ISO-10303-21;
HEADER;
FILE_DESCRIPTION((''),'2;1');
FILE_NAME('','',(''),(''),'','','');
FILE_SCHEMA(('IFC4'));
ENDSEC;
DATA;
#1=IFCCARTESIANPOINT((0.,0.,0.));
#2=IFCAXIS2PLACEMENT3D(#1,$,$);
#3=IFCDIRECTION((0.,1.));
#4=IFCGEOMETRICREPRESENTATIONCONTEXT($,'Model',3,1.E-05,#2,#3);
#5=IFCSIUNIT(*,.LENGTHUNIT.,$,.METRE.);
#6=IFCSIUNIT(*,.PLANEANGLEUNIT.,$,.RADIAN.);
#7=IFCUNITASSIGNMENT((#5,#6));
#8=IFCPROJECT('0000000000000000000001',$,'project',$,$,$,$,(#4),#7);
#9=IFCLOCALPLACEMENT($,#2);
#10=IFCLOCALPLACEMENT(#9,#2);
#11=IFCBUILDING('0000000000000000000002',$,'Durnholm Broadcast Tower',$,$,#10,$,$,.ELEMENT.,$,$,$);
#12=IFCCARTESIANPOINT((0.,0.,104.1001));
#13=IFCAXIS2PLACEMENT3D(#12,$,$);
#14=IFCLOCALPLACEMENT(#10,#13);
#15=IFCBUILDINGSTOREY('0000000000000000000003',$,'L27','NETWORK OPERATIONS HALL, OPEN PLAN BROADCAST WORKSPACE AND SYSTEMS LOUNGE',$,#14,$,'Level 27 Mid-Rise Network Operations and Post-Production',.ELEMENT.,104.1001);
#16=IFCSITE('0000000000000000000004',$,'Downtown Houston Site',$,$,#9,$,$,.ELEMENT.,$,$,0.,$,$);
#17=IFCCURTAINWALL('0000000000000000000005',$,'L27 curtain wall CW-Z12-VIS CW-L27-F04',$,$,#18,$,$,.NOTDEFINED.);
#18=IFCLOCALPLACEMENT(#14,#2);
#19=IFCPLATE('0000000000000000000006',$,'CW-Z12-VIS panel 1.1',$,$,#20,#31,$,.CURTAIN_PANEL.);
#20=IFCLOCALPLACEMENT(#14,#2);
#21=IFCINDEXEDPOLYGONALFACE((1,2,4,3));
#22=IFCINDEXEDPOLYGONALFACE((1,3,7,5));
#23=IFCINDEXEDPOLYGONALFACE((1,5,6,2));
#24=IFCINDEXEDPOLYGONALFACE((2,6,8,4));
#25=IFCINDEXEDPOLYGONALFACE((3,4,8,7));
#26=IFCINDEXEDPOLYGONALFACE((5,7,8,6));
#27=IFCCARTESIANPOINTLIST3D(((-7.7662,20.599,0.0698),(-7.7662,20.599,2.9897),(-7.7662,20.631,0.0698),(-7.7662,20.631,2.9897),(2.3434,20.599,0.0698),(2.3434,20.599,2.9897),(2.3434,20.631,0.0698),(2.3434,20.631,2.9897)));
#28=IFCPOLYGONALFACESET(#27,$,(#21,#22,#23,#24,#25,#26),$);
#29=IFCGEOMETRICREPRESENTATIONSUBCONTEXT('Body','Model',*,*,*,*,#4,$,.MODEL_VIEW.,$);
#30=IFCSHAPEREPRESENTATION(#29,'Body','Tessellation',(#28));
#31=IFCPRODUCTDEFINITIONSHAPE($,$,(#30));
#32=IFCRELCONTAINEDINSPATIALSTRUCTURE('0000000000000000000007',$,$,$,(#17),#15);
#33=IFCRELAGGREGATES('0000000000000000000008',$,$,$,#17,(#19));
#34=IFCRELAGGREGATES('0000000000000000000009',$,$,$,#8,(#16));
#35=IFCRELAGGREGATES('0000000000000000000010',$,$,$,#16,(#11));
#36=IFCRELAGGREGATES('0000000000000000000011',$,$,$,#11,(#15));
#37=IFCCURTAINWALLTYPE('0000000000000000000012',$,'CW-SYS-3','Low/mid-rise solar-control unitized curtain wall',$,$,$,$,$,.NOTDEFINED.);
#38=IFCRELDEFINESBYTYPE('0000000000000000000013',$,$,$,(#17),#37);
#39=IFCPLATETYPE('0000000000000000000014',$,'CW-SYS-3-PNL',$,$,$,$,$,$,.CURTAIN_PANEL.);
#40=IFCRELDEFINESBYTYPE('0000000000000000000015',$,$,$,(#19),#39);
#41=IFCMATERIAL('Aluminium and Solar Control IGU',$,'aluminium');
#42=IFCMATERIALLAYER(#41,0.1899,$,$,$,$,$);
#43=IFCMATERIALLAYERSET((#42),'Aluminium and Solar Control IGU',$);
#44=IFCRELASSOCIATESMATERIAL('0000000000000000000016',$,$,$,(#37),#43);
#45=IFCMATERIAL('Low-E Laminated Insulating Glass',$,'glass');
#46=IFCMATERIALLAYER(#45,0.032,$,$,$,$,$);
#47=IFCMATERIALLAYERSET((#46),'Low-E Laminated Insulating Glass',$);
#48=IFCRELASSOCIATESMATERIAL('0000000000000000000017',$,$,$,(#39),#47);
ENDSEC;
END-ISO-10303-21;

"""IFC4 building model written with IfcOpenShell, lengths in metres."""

from ifc_helpers import new_model, si_unit, direction, frame, origin, origin_2d, place, context, subcontext, project, spatial, rectangle, extrude, source, transform, mapped, material, layer, layer_set, type_object, type_shapes, element, aggregate, save


model = new_model("IFC4")

# Units and contexts
model_context = context("Model", 3, precision=1e-05, world=origin(), true_north=direction((0.0, 1.0)))
body_context = subcontext(model_context, "Body", "Model", "MODEL_VIEW")
ifc_project = project(units=[si_unit("LENGTHUNIT", "METRE"), si_unit("PLANEANGLEUNIT", "RADIAN")], contexts=[model_context])

# Site, building, storey
site_placement = place(None, origin())
site = spatial("IfcSite", under=ifc_project, at=site_placement, Name="Downtown Houston Site", CompositionType="ELEMENT", RefElevation=0.0)
building_placement = place(site_placement, origin())
building = spatial("IfcBuilding", under=site, at=building_placement, Name="Durnholm Broadcast Tower", CompositionType="ELEMENT")
storey_placement = place(building_placement, frame((0.0, 0.0, 104.1001)))
storey = spatial("IfcBuildingStorey", under=building, at=storey_placement, Name="L27", Description="NETWORK OPERATIONS HALL, OPEN PLAN BROADCAST WORKSPACE AND SYSTEMS LOUNGE", LongName="Level 27 Mid-Rise Network Operations and Post-Production", CompositionType="ELEMENT", Elevation=104.1001)

# Curtain wall
ifc_material_1 = material(Name="Aluminium and Solar Control IGU", Category="aluminium")
ifc_layer_1 = layer(ifc_material_1, 0.1899)
ifc_layer_set_1 = layer_set([ifc_layer_1], Name="Aluminium and Solar Control IGU")
curtain_wall_type_1 = type_object("IfcCurtainWallType", Name="CW-SYS-3", Description="Low/mid-rise solar-control unitized curtain wall", PredefinedType="NOTDEFINED", material=ifc_layer_set_1)
curtain_wall_1_placement = place(storey_placement, origin())
curtain_wall_1 = element("IfcCurtainWall", 1, at=curtain_wall_1_placement, inside=storey, type_object=curtain_wall_type_1, Name="L27 curtain wall CW-Z12-VIS CW-L27-F04", PredefinedType="NOTDEFINED")

# Plate
ifc_material_2 = material(Name="Low-E Laminated Insulating Glass", Category="glass")
ifc_layer_2 = layer(ifc_material_2, 0.032)
ifc_layer_set_2 = layer_set([ifc_layer_2], Name="Low-E Laminated Insulating Glass")
plate_type_1 = type_object("IfcPlateType", Name="CW-SYS-3-PNL", PredefinedType="CURTAIN_PANEL", material=ifc_layer_set_2)
shared_shape_1 = source(origin(), body_context, "Body", "SweptSolid", [
    extrude(rectangle(XDim=10.1096, YDim=0.032, at=origin_2d()), origin(), (0.0, 0.0, 1.0), 2.9199),
])
type_shapes(plate_type_1, [shared_shape_1])
plate_1_placement = place(storey_placement, frame((-2.7114, 20.615, 0.0698), z_axis=(0.0, 0.0, 1.0), x_axis=(1.0, 0.0, 0.0)))
plate_1 = element("IfcPlate", 2, at=plate_1_placement, type_object=plate_type_1, Name="CW-Z12-VIS panel 1.1", PredefinedType="CURTAIN_PANEL", context=body_context, shape_type="MappedRepresentation", body=[
    mapped(shared_shape_1, transform((0.0, 0.0, 0.0), x_axis=(1.0, 0.0, 0.0), y_axis=(0.0, 1.0, 0.0), z_axis=(0.0, 0.0, 1.0), scale=1.0)),
])
aggregate(curtain_wall_1, [plate_1])

save(model, "model.ifc")
